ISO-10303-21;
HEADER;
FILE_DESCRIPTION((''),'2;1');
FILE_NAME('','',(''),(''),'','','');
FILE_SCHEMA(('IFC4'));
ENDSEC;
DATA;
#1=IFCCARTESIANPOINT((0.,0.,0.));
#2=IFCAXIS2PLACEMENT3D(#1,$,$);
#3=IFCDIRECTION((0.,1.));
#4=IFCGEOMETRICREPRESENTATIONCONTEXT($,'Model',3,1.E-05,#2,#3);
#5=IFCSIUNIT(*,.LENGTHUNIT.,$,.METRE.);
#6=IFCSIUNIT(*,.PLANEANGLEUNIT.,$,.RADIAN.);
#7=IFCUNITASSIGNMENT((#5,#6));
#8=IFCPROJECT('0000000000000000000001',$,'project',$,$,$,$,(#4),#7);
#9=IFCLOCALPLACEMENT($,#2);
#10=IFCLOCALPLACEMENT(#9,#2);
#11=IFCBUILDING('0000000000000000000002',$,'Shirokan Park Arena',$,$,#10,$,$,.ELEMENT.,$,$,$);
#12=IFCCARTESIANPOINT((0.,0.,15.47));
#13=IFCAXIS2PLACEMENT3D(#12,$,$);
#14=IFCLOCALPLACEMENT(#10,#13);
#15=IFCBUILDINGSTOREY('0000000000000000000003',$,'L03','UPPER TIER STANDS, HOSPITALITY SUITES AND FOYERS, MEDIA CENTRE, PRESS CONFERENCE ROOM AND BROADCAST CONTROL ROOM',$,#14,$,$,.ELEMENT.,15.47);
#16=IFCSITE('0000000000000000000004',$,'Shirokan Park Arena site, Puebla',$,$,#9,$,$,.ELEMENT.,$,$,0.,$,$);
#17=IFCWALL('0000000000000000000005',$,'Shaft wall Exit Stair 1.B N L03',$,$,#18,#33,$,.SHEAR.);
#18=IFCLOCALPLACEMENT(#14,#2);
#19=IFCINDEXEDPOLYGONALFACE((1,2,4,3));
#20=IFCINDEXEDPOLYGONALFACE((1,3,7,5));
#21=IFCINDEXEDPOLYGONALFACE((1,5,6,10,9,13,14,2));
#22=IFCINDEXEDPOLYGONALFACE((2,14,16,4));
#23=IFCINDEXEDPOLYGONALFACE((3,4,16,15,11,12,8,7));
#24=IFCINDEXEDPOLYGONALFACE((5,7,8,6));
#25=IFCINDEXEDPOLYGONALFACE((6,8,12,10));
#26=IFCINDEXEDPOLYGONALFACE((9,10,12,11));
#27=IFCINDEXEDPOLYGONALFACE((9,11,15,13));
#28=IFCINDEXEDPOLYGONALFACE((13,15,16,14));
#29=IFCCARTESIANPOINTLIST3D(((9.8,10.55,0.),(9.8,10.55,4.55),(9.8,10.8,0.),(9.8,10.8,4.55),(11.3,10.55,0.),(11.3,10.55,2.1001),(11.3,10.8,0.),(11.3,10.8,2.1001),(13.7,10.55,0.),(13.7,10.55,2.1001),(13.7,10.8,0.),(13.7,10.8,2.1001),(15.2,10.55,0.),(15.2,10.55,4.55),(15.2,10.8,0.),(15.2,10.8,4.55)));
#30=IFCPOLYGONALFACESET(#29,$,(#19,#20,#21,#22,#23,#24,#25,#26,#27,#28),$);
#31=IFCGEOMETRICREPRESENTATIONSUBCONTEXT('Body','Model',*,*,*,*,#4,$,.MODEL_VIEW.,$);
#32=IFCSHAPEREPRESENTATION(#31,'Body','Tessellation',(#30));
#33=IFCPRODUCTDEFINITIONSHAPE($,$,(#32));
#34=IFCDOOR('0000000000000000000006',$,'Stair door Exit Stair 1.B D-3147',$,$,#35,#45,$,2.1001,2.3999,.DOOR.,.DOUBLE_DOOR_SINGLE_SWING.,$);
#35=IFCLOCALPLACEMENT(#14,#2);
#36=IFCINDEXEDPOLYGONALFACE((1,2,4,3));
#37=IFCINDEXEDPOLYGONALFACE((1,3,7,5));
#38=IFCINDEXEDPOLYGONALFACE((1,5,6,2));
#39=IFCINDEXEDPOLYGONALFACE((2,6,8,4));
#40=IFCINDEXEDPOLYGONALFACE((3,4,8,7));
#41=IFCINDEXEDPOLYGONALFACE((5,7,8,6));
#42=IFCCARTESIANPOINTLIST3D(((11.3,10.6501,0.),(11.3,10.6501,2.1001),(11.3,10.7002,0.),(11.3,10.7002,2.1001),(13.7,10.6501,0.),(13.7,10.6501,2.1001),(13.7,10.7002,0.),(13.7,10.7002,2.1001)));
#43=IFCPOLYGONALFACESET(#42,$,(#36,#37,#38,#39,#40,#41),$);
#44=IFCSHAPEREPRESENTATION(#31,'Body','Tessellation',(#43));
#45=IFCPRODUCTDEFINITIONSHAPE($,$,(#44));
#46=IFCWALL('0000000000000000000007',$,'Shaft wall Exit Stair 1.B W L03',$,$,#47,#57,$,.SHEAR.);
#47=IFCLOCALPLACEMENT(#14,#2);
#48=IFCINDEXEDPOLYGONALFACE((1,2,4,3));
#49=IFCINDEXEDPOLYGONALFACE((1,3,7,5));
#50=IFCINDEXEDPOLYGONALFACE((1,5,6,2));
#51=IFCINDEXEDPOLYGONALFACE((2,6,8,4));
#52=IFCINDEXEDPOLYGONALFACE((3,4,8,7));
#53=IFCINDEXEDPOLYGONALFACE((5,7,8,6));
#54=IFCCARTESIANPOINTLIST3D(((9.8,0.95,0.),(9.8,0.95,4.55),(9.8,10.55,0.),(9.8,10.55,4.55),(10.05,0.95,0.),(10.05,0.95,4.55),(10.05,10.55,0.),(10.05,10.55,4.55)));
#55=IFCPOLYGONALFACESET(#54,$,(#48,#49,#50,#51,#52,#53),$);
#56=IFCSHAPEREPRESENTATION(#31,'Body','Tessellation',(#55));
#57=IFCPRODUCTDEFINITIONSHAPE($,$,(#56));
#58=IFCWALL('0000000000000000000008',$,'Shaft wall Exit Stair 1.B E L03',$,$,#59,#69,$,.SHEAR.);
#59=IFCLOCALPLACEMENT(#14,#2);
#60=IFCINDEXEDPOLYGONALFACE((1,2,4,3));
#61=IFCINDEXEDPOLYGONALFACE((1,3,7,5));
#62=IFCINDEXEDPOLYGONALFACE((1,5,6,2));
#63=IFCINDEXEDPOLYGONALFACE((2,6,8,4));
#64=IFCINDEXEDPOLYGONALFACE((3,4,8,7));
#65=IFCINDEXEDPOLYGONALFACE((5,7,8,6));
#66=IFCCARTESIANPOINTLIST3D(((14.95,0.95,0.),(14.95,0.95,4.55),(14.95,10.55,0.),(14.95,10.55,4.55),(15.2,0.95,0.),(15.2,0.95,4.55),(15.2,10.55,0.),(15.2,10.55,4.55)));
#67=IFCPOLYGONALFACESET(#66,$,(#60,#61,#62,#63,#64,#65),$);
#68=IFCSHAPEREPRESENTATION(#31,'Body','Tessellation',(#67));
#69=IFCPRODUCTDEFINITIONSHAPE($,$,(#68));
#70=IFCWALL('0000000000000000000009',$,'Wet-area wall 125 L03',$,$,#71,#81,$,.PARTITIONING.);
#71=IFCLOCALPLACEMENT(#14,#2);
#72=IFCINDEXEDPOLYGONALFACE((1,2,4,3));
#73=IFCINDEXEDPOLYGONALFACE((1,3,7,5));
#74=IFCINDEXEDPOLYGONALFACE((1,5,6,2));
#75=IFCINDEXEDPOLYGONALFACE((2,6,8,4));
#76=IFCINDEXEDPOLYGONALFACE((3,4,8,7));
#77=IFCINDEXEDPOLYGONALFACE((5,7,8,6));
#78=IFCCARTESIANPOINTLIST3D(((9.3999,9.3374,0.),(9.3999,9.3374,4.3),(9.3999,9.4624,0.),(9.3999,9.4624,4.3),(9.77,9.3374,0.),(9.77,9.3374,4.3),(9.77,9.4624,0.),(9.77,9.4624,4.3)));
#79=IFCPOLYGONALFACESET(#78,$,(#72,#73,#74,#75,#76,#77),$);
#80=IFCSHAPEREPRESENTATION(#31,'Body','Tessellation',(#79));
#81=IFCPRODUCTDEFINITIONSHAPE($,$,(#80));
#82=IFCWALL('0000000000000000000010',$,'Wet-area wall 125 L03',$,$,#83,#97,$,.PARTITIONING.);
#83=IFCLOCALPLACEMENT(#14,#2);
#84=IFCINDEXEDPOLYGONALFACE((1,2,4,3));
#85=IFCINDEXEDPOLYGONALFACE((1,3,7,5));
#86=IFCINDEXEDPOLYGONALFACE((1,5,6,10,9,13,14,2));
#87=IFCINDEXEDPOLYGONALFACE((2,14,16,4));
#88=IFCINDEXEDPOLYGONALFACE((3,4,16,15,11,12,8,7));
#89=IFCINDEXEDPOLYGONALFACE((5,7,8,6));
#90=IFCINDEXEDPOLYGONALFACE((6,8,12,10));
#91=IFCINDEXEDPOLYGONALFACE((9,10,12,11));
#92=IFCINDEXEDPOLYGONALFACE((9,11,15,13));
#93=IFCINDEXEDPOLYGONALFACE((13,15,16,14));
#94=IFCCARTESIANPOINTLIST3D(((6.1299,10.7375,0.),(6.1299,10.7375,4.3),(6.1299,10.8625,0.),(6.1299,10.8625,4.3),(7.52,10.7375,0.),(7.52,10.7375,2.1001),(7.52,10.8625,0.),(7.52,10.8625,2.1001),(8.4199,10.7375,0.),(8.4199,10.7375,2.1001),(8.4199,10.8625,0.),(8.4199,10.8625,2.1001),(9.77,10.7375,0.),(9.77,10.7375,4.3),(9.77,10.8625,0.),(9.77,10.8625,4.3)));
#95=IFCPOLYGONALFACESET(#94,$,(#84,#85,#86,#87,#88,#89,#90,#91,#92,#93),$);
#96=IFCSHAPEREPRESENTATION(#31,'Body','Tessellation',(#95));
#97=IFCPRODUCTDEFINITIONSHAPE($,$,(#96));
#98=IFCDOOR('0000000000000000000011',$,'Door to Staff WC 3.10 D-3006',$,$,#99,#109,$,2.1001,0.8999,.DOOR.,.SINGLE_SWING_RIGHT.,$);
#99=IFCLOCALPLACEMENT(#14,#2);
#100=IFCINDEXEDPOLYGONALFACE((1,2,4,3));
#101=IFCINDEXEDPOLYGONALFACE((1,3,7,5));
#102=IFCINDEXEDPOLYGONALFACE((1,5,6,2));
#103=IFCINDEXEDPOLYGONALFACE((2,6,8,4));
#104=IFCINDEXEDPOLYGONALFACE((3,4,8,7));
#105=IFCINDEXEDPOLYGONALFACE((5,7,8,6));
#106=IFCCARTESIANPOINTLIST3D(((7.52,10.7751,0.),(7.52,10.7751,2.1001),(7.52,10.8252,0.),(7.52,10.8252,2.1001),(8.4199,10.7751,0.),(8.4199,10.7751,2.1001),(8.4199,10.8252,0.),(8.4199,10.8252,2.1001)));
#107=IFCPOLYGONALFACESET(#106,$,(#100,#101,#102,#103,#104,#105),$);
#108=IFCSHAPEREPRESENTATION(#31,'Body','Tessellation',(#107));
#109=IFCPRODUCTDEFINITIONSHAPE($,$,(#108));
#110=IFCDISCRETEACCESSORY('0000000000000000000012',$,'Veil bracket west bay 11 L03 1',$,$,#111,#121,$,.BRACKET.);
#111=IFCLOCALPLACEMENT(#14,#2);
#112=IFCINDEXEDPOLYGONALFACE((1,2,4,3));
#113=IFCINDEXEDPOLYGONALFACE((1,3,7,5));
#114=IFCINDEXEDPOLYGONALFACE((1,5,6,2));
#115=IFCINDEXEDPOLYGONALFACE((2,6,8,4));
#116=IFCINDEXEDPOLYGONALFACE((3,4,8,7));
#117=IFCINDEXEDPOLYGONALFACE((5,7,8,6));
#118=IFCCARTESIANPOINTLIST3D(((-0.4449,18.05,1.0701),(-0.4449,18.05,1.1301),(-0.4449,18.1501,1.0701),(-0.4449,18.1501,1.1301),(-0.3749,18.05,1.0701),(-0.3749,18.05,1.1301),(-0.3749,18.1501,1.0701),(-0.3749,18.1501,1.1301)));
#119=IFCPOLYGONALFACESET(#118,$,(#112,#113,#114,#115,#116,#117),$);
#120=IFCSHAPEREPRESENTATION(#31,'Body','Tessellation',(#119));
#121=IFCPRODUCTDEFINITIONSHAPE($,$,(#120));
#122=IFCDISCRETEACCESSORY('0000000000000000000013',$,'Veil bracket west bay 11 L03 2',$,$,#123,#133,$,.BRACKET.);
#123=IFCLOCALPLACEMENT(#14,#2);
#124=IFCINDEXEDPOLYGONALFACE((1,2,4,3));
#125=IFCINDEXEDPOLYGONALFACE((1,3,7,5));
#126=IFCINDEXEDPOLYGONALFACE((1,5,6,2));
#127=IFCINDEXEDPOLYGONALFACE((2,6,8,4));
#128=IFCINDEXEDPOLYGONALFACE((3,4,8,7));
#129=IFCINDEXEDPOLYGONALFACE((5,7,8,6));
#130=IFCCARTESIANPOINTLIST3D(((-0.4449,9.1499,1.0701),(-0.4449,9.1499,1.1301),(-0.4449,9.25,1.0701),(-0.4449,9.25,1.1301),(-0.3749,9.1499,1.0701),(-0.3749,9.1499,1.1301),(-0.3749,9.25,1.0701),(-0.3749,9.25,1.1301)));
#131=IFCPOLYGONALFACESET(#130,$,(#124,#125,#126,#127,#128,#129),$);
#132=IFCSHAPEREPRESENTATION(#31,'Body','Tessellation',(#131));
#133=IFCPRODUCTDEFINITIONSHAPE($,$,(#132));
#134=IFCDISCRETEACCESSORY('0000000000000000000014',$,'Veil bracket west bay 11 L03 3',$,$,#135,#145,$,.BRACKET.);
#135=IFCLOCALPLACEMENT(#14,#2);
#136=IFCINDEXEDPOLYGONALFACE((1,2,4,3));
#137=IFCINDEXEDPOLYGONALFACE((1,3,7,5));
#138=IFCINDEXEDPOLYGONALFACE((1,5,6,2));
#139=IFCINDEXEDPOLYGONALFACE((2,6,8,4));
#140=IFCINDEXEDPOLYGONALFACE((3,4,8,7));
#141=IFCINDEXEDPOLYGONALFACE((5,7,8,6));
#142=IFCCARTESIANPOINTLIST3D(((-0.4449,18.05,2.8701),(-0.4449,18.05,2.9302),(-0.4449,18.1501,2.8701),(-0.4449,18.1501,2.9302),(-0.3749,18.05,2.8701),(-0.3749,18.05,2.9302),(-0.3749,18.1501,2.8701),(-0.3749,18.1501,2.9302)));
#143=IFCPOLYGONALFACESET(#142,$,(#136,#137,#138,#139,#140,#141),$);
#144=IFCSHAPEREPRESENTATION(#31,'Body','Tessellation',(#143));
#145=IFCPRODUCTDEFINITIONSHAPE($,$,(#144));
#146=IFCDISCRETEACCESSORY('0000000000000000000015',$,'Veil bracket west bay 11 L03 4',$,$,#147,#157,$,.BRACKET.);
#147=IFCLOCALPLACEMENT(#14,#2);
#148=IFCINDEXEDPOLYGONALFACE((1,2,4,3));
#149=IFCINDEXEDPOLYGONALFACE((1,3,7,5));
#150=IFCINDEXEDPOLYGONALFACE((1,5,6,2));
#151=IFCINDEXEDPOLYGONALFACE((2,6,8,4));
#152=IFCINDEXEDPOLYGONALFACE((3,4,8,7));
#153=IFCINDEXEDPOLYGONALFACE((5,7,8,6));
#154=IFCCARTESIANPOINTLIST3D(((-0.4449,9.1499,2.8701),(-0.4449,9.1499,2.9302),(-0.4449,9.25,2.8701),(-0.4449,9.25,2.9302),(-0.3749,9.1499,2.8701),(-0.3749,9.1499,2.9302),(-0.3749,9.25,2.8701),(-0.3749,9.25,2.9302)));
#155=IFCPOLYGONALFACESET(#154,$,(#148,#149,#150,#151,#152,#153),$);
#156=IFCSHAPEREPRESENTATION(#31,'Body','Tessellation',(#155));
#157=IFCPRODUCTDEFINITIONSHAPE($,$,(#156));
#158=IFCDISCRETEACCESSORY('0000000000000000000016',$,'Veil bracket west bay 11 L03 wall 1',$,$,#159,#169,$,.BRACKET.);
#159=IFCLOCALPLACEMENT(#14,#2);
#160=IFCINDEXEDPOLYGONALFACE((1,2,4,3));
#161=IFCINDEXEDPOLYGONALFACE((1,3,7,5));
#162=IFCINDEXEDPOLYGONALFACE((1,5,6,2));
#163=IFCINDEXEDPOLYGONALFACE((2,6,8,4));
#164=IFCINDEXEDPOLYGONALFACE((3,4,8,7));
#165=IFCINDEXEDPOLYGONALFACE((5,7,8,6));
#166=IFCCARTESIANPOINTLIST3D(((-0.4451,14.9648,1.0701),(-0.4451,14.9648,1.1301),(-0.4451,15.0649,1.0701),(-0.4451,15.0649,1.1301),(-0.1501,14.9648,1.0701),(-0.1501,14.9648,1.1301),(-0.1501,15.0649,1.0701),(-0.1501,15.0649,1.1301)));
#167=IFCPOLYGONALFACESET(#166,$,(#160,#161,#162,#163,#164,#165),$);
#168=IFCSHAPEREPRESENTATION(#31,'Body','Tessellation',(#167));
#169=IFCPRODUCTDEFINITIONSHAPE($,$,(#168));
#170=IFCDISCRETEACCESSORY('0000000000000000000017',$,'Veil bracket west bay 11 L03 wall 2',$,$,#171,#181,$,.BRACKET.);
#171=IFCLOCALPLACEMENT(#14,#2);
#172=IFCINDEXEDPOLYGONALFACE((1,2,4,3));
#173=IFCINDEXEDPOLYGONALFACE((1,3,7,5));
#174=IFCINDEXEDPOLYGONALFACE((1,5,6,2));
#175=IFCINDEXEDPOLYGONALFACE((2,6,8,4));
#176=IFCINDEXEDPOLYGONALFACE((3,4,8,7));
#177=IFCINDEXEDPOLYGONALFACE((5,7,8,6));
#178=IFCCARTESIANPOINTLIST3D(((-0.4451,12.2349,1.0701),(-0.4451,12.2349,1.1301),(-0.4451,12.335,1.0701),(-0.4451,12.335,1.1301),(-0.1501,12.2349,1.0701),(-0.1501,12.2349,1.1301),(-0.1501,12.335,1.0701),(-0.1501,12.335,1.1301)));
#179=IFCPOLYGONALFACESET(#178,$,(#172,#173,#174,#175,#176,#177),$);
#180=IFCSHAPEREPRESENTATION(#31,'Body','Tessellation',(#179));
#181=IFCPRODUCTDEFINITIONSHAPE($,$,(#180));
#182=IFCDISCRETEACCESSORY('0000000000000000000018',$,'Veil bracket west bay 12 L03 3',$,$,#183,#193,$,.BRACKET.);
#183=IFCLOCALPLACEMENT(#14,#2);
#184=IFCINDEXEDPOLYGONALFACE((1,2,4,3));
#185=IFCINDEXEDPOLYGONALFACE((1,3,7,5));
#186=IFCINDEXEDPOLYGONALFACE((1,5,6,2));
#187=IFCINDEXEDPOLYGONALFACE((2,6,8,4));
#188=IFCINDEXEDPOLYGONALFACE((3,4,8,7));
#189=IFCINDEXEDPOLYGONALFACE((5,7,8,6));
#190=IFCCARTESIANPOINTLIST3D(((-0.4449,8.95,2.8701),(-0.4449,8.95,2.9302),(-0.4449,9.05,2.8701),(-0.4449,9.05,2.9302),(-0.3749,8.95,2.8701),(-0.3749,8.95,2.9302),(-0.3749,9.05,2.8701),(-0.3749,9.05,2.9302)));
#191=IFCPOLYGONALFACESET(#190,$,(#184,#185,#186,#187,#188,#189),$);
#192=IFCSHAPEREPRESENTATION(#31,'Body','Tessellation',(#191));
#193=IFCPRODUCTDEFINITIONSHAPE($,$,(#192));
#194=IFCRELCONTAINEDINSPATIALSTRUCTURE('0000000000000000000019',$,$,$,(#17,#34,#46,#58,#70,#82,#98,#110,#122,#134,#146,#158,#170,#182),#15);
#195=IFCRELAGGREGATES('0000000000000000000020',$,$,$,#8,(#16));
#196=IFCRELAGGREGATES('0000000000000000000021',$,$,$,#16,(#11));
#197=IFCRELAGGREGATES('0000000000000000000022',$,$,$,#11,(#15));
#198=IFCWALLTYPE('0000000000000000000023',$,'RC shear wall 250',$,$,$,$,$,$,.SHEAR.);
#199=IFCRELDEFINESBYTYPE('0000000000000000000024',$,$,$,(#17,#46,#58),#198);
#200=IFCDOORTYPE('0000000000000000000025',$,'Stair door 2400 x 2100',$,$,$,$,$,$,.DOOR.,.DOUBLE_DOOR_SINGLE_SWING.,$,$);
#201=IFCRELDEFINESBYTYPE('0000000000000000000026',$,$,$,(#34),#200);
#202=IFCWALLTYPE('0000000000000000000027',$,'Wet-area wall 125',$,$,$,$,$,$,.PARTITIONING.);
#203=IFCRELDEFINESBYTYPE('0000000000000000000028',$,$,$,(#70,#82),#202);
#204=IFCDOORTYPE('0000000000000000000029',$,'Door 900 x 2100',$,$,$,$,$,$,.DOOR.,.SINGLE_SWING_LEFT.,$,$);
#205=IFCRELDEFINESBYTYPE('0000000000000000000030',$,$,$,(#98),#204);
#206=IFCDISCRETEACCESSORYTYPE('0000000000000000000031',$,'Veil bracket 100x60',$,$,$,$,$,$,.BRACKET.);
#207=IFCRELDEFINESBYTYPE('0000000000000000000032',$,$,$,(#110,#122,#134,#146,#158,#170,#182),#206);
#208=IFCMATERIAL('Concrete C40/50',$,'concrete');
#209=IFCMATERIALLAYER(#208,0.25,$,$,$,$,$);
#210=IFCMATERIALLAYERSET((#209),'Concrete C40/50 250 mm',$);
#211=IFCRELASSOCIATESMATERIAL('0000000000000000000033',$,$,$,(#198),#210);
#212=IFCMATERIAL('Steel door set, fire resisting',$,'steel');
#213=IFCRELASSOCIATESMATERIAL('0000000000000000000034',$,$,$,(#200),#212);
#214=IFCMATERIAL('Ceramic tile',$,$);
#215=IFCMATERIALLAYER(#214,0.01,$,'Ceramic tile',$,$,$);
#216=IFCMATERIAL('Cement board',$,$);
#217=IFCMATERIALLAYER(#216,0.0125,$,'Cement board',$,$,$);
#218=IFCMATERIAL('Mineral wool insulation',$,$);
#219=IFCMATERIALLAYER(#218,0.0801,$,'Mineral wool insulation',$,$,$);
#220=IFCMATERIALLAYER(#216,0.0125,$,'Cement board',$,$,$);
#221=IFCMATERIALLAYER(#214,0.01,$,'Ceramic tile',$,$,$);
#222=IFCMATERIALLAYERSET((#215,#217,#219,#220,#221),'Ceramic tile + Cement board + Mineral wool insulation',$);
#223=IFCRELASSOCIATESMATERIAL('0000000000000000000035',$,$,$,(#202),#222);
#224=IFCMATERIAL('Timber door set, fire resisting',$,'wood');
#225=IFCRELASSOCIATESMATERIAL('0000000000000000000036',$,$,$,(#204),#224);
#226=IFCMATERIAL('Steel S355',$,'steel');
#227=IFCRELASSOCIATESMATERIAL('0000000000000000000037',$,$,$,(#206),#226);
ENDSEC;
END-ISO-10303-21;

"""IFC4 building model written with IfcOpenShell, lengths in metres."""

from ifc_helpers import new_model, si_unit, direction, frame, frame_2d, origin, origin_2d, place, context, subcontext, project, spatial, rectangle, extrude, material, layer, layer_set, type_object, element, fill, save


model = new_model("IFC4")

# Units and contexts
model_context = context("Model", 3, precision=1e-05, world=origin(), true_north=direction((0.0, 1.0)))
body_context = subcontext(model_context, "Body", "Model", "MODEL_VIEW")
ifc_project = project(units=[si_unit("LENGTHUNIT", "METRE"), si_unit("PLANEANGLEUNIT", "RADIAN")], contexts=[model_context])

# Site, building, storey
site_placement = place(None, origin())
site = spatial("IfcSite", under=ifc_project, at=site_placement, Name="Shirokan Park Arena site, Puebla", CompositionType="ELEMENT", RefElevation=0.0)
building_placement = place(site_placement, origin())
building = spatial("IfcBuilding", under=site, at=building_placement, Name="Shirokan Park Arena", CompositionType="ELEMENT")
storey_placement = place(building_placement, frame((0.0, 0.0, 15.47)))
storey = spatial("IfcBuildingStorey", under=building, at=storey_placement, Name="L03", Description="UPPER TIER STANDS, HOSPITALITY SUITES AND FOYERS, MEDIA CENTRE, PRESS CONFERENCE ROOM AND BROADCAST CONTROL ROOM", CompositionType="ELEMENT", Elevation=15.47)

# Shared definitions
ifc_material_1 = material(Name="Mineral wool insulation")

# Shared definitions
ifc_material_2 = material(Name="Concrete C40/50", Category="concrete")
ifc_layer_1 = layer(ifc_material_2, 0.25)
ifc_layer_set_1 = layer_set([ifc_layer_1], Name="Concrete C40/50 250 mm")
wall_type_1 = type_object("IfcWallType", Name="RC shear wall 250", PredefinedType="SHEAR", material=ifc_layer_set_1)
ifc_material_3 = material(Name="Steel door set, fire resisting", Category="steel")
door_type_1 = type_object("IfcDoorType", Name="Stair door 2400 x 2100", OperationType="DOUBLE_DOOR_SINGLE_SWING", PredefinedType="DOOR", material=ifc_material_3)

# Wall, opening, door
wall_1_placement = place(storey_placement, frame((15.2, 10.675, 0.0), z_axis=(0.0, 0.0, 1.0), x_axis=(-1.0, 0.0, 0.0)))
wall_1 = element("IfcWall", 1, at=wall_1_placement, inside=storey, type_object=wall_type_1, Name="Shaft wall Exit Stair 1.B N L03", PredefinedType="SHEAR", context=body_context, shape_type="SweptSolid", body=[
    extrude(rectangle(XDim=5.3999, YDim=0.25, at=frame_2d((2.7, 0.0))), origin(), (0.0, 0.0, 1.0), 4.55),
])
opening_1_placement = place(wall_1_placement, frame((1.5, 0.0, 0.0)))
opening_1 = element("IfcOpeningElement", 2, at=opening_1_placement, cuts=wall_1, PredefinedType="OPENING", context=body_context, shape_type="SweptSolid", body=[
    extrude(rectangle(XDim=2.3999, YDim=2.1001, at=frame_2d((1.2, 1.05))), frame((0.0, 0.135, 0.0), z_axis=(0.0, -1.0, 0.0), x_axis=(1.0, 0.0, 0.0)), (0.0, 0.0, 1.0), 0.27),
])
door_1_placement = place(opening_1_placement, origin())
door_1 = element("IfcDoor", 3, at=door_1_placement, inside=storey, type_object=door_type_1, Name="Stair door Exit Stair 1.B D-3147", OperationType="DOUBLE_DOOR_SINGLE_SWING", OverallHeight=2.1001, OverallWidth=2.3999, PredefinedType="DOOR", context=body_context, shape_type="SweptSolid", body=[
    extrude(rectangle(XDim=2.3999, YDim=2.1001, at=frame_2d((1.2, 1.05))), frame((0.0, 0.0249, 0.0), z_axis=(0.0, -1.0, 0.0), x_axis=(1.0, 0.0, 0.0)), (0.0, 0.0, 1.0), 0.05),
])
fill(opening_1, door_1)

# Walls
for number, where, z_axis, x_axis, name in (
    (4, (9.925, 10.55, 0.0), (0.0, 0.0, 1.0), (0.0, -1.0, 0.0), "Shaft wall Exit Stair 1.B W L03"),
    (5, (15.075, 10.55, 0.0), (0.0, 0.0, 1.0), (0.0, -1.0, 0.0), "Shaft wall Exit Stair 1.B E L03"),
):
    element("IfcWall", number, at=place(storey_placement, frame(where, z_axis=z_axis, x_axis=x_axis)), inside=storey, type_object=wall_type_1, Name=name, PredefinedType="SHEAR", context=body_context, shape_type="SweptSolid", body=[
        extrude(rectangle(XDim=9.6001, YDim=0.25, at=frame_2d((4.8, 0.0))), origin(), (0.0, 0.0, 1.0), 4.55),
    ])
ifc_material_4 = material(Name="Ceramic tile")
ifc_layer_2 = layer(ifc_material_4, 0.01, Name="Ceramic tile")
ifc_material_5 = material(Name="Cement board")
ifc_layer_3 = layer(ifc_material_5, 0.0125, Name="Cement board")
ifc_layer_4 = layer(ifc_material_1, 0.0801, Name="Mineral wool insulation")
ifc_layer_5 = layer(ifc_material_5, 0.0125, Name="Cement board")
ifc_layer_6 = layer(ifc_material_4, 0.01, Name="Ceramic tile")
ifc_layer_set_2 = layer_set([ifc_layer_2, ifc_layer_3, ifc_layer_4, ifc_layer_5, ifc_layer_6], Name="Ceramic tile + Cement board + Mineral wool insulation")
wall_type_2 = type_object("IfcWallType", Name="Wet-area wall 125", PredefinedType="PARTITIONING", material=ifc_layer_set_2)
wall_2_placement = place(storey_placement, frame((9.77, 9.3999, 0.0), z_axis=(0.0, 0.0, 1.0), x_axis=(-1.0, 0.0, 0.0)))
element("IfcWall", 6, at=wall_2_placement, inside=storey, type_object=wall_type_2, Name="Wet-area wall 125 L03", PredefinedType="PARTITIONING", context=body_context, shape_type="SweptSolid", body=[
    extrude(rectangle(XDim=0.3701, YDim=0.125, at=frame_2d((0.1851, 0.0))), origin(), (0.0, 0.0, 1.0), 4.3),
])

# Wall, opening, door
wall_3_placement = place(storey_placement, frame((9.77, 10.8, 0.0), z_axis=(0.0, 0.0, 1.0), x_axis=(-1.0, 0.0, 0.0)))
wall_3 = element("IfcWall", 7, at=wall_3_placement, inside=storey, type_object=wall_type_2, Name="Wet-area wall 125 L03", PredefinedType="PARTITIONING", context=body_context, shape_type="SweptSolid", body=[
    extrude(rectangle(XDim=3.6401, YDim=0.125, at=frame_2d((1.8201, 0.0))), origin(), (0.0, 0.0, 1.0), 4.3),
])
opening_2_placement = place(wall_3_placement, frame((1.3501, 0.0, 0.0)))
opening_2 = element("IfcOpeningElement", 8, at=opening_2_placement, cuts=wall_3, PredefinedType="OPENING", context=body_context, shape_type="SweptSolid", body=[
    extrude(rectangle(XDim=0.8999, YDim=2.1001, at=frame_2d((0.45, 1.05))), frame((0.0, 0.0725, 0.0), z_axis=(0.0, -1.0, 0.0), x_axis=(1.0, 0.0, 0.0)), (0.0, 0.0, 1.0), 0.145),
])
ifc_material_6 = material(Name="Timber door set, fire resisting", Category="wood")
door_type_2 = type_object("IfcDoorType", Name="Door 900 x 2100", OperationType="SINGLE_SWING_LEFT", PredefinedType="DOOR", material=ifc_material_6)
door_2_placement = place(opening_2_placement, origin())
door_2 = element("IfcDoor", 9, at=door_2_placement, inside=storey, type_object=door_type_2, Name="Door to Staff WC 3.10 D-3006", OperationType="SINGLE_SWING_RIGHT", OverallHeight=2.1001, OverallWidth=0.8999, PredefinedType="DOOR", context=body_context, shape_type="SweptSolid", body=[
    extrude(rectangle(XDim=0.8999, YDim=2.1001, at=frame_2d((0.45, 1.05))), frame((0.0, 0.0249, 0.0), z_axis=(0.0, -1.0, 0.0), x_axis=(1.0, 0.0, 0.0)), (0.0, 0.0, 1.0), 0.05),
])
fill(opening_2, door_2)

# Discrete accessories
ifc_material_7 = material(Name="Steel S355", Category="steel")
discrete_accessory_type = type_object("IfcDiscreteAccessoryType", Name="Veil bracket 100x60", PredefinedType="BRACKET", material=ifc_material_7)
for number, where, z_axis, x_axis, name in (
    (10, (-0.4099, 18.1001, 1.0701), (0.0, 0.0, 1.0), (0.0, -1.0, 0.0), "Veil bracket west bay 11 L03 1"),
    (11, (-0.4099, 9.2, 1.0701), (0.0, 0.0, 1.0), (0.0, -1.0, 0.0), "Veil bracket west bay 11 L03 2"),
    (12, (-0.4099, 18.1001, 2.8701), (0.0, 0.0, 1.0), (0.0, -1.0, 0.0), "Veil bracket west bay 11 L03 3"),
    (13, (-0.4099, 9.2, 2.8701), (0.0, 0.0, 1.0), (0.0, -1.0, 0.0), "Veil bracket west bay 11 L03 4"),
):
    element("IfcDiscreteAccessory", number, at=place(storey_placement, frame(where, z_axis=z_axis, x_axis=x_axis)), inside=storey, type_object=discrete_accessory_type, Name=name, PredefinedType="BRACKET", context=body_context, shape_type="SweptSolid", body=[
        extrude(rectangle(XDim=0.1001, YDim=0.0701, at=origin_2d()), origin(), (0.0, 0.0, 1.0), 0.0601),
    ])
for number, where, z_axis, x_axis, name in (
    (14, (-0.2976, 15.0149, 1.0701), (0.0, 0.0, 1.0), (0.0, -1.0, 0.0), "Veil bracket west bay 11 L03 wall 1"),
    (15, (-0.2976, 12.2849, 1.0701), (0.0, 0.0, 1.0), (0.0, -1.0, 0.0), "Veil bracket west bay 11 L03 wall 2"),
):
    element("IfcDiscreteAccessory", number, at=place(storey_placement, frame(where, z_axis=z_axis, x_axis=x_axis)), inside=storey, type_object=discrete_accessory_type, Name=name, PredefinedType="BRACKET", context=body_context, shape_type="SweptSolid", body=[
        extrude(rectangle(XDim=0.1001, YDim=0.2949, at=origin_2d()), origin(), (0.0, 0.0, 1.0), 0.0601),
    ])
discrete_accessory_placement = place(storey_placement, frame((-0.4099, 9.0, 2.8701), z_axis=(0.0, 0.0, 1.0), x_axis=(0.0, -1.0, 0.0)))
element("IfcDiscreteAccessory", 16, at=discrete_accessory_placement, inside=storey, type_object=discrete_accessory_type, Name="Veil bracket west bay 12 L03 3", PredefinedType="BRACKET", context=body_context, shape_type="SweptSolid", body=[
    extrude(rectangle(XDim=0.1001, YDim=0.0701, at=origin_2d()), origin(), (0.0, 0.0, 1.0), 0.0601),
])

save(model, "model.ifc")
